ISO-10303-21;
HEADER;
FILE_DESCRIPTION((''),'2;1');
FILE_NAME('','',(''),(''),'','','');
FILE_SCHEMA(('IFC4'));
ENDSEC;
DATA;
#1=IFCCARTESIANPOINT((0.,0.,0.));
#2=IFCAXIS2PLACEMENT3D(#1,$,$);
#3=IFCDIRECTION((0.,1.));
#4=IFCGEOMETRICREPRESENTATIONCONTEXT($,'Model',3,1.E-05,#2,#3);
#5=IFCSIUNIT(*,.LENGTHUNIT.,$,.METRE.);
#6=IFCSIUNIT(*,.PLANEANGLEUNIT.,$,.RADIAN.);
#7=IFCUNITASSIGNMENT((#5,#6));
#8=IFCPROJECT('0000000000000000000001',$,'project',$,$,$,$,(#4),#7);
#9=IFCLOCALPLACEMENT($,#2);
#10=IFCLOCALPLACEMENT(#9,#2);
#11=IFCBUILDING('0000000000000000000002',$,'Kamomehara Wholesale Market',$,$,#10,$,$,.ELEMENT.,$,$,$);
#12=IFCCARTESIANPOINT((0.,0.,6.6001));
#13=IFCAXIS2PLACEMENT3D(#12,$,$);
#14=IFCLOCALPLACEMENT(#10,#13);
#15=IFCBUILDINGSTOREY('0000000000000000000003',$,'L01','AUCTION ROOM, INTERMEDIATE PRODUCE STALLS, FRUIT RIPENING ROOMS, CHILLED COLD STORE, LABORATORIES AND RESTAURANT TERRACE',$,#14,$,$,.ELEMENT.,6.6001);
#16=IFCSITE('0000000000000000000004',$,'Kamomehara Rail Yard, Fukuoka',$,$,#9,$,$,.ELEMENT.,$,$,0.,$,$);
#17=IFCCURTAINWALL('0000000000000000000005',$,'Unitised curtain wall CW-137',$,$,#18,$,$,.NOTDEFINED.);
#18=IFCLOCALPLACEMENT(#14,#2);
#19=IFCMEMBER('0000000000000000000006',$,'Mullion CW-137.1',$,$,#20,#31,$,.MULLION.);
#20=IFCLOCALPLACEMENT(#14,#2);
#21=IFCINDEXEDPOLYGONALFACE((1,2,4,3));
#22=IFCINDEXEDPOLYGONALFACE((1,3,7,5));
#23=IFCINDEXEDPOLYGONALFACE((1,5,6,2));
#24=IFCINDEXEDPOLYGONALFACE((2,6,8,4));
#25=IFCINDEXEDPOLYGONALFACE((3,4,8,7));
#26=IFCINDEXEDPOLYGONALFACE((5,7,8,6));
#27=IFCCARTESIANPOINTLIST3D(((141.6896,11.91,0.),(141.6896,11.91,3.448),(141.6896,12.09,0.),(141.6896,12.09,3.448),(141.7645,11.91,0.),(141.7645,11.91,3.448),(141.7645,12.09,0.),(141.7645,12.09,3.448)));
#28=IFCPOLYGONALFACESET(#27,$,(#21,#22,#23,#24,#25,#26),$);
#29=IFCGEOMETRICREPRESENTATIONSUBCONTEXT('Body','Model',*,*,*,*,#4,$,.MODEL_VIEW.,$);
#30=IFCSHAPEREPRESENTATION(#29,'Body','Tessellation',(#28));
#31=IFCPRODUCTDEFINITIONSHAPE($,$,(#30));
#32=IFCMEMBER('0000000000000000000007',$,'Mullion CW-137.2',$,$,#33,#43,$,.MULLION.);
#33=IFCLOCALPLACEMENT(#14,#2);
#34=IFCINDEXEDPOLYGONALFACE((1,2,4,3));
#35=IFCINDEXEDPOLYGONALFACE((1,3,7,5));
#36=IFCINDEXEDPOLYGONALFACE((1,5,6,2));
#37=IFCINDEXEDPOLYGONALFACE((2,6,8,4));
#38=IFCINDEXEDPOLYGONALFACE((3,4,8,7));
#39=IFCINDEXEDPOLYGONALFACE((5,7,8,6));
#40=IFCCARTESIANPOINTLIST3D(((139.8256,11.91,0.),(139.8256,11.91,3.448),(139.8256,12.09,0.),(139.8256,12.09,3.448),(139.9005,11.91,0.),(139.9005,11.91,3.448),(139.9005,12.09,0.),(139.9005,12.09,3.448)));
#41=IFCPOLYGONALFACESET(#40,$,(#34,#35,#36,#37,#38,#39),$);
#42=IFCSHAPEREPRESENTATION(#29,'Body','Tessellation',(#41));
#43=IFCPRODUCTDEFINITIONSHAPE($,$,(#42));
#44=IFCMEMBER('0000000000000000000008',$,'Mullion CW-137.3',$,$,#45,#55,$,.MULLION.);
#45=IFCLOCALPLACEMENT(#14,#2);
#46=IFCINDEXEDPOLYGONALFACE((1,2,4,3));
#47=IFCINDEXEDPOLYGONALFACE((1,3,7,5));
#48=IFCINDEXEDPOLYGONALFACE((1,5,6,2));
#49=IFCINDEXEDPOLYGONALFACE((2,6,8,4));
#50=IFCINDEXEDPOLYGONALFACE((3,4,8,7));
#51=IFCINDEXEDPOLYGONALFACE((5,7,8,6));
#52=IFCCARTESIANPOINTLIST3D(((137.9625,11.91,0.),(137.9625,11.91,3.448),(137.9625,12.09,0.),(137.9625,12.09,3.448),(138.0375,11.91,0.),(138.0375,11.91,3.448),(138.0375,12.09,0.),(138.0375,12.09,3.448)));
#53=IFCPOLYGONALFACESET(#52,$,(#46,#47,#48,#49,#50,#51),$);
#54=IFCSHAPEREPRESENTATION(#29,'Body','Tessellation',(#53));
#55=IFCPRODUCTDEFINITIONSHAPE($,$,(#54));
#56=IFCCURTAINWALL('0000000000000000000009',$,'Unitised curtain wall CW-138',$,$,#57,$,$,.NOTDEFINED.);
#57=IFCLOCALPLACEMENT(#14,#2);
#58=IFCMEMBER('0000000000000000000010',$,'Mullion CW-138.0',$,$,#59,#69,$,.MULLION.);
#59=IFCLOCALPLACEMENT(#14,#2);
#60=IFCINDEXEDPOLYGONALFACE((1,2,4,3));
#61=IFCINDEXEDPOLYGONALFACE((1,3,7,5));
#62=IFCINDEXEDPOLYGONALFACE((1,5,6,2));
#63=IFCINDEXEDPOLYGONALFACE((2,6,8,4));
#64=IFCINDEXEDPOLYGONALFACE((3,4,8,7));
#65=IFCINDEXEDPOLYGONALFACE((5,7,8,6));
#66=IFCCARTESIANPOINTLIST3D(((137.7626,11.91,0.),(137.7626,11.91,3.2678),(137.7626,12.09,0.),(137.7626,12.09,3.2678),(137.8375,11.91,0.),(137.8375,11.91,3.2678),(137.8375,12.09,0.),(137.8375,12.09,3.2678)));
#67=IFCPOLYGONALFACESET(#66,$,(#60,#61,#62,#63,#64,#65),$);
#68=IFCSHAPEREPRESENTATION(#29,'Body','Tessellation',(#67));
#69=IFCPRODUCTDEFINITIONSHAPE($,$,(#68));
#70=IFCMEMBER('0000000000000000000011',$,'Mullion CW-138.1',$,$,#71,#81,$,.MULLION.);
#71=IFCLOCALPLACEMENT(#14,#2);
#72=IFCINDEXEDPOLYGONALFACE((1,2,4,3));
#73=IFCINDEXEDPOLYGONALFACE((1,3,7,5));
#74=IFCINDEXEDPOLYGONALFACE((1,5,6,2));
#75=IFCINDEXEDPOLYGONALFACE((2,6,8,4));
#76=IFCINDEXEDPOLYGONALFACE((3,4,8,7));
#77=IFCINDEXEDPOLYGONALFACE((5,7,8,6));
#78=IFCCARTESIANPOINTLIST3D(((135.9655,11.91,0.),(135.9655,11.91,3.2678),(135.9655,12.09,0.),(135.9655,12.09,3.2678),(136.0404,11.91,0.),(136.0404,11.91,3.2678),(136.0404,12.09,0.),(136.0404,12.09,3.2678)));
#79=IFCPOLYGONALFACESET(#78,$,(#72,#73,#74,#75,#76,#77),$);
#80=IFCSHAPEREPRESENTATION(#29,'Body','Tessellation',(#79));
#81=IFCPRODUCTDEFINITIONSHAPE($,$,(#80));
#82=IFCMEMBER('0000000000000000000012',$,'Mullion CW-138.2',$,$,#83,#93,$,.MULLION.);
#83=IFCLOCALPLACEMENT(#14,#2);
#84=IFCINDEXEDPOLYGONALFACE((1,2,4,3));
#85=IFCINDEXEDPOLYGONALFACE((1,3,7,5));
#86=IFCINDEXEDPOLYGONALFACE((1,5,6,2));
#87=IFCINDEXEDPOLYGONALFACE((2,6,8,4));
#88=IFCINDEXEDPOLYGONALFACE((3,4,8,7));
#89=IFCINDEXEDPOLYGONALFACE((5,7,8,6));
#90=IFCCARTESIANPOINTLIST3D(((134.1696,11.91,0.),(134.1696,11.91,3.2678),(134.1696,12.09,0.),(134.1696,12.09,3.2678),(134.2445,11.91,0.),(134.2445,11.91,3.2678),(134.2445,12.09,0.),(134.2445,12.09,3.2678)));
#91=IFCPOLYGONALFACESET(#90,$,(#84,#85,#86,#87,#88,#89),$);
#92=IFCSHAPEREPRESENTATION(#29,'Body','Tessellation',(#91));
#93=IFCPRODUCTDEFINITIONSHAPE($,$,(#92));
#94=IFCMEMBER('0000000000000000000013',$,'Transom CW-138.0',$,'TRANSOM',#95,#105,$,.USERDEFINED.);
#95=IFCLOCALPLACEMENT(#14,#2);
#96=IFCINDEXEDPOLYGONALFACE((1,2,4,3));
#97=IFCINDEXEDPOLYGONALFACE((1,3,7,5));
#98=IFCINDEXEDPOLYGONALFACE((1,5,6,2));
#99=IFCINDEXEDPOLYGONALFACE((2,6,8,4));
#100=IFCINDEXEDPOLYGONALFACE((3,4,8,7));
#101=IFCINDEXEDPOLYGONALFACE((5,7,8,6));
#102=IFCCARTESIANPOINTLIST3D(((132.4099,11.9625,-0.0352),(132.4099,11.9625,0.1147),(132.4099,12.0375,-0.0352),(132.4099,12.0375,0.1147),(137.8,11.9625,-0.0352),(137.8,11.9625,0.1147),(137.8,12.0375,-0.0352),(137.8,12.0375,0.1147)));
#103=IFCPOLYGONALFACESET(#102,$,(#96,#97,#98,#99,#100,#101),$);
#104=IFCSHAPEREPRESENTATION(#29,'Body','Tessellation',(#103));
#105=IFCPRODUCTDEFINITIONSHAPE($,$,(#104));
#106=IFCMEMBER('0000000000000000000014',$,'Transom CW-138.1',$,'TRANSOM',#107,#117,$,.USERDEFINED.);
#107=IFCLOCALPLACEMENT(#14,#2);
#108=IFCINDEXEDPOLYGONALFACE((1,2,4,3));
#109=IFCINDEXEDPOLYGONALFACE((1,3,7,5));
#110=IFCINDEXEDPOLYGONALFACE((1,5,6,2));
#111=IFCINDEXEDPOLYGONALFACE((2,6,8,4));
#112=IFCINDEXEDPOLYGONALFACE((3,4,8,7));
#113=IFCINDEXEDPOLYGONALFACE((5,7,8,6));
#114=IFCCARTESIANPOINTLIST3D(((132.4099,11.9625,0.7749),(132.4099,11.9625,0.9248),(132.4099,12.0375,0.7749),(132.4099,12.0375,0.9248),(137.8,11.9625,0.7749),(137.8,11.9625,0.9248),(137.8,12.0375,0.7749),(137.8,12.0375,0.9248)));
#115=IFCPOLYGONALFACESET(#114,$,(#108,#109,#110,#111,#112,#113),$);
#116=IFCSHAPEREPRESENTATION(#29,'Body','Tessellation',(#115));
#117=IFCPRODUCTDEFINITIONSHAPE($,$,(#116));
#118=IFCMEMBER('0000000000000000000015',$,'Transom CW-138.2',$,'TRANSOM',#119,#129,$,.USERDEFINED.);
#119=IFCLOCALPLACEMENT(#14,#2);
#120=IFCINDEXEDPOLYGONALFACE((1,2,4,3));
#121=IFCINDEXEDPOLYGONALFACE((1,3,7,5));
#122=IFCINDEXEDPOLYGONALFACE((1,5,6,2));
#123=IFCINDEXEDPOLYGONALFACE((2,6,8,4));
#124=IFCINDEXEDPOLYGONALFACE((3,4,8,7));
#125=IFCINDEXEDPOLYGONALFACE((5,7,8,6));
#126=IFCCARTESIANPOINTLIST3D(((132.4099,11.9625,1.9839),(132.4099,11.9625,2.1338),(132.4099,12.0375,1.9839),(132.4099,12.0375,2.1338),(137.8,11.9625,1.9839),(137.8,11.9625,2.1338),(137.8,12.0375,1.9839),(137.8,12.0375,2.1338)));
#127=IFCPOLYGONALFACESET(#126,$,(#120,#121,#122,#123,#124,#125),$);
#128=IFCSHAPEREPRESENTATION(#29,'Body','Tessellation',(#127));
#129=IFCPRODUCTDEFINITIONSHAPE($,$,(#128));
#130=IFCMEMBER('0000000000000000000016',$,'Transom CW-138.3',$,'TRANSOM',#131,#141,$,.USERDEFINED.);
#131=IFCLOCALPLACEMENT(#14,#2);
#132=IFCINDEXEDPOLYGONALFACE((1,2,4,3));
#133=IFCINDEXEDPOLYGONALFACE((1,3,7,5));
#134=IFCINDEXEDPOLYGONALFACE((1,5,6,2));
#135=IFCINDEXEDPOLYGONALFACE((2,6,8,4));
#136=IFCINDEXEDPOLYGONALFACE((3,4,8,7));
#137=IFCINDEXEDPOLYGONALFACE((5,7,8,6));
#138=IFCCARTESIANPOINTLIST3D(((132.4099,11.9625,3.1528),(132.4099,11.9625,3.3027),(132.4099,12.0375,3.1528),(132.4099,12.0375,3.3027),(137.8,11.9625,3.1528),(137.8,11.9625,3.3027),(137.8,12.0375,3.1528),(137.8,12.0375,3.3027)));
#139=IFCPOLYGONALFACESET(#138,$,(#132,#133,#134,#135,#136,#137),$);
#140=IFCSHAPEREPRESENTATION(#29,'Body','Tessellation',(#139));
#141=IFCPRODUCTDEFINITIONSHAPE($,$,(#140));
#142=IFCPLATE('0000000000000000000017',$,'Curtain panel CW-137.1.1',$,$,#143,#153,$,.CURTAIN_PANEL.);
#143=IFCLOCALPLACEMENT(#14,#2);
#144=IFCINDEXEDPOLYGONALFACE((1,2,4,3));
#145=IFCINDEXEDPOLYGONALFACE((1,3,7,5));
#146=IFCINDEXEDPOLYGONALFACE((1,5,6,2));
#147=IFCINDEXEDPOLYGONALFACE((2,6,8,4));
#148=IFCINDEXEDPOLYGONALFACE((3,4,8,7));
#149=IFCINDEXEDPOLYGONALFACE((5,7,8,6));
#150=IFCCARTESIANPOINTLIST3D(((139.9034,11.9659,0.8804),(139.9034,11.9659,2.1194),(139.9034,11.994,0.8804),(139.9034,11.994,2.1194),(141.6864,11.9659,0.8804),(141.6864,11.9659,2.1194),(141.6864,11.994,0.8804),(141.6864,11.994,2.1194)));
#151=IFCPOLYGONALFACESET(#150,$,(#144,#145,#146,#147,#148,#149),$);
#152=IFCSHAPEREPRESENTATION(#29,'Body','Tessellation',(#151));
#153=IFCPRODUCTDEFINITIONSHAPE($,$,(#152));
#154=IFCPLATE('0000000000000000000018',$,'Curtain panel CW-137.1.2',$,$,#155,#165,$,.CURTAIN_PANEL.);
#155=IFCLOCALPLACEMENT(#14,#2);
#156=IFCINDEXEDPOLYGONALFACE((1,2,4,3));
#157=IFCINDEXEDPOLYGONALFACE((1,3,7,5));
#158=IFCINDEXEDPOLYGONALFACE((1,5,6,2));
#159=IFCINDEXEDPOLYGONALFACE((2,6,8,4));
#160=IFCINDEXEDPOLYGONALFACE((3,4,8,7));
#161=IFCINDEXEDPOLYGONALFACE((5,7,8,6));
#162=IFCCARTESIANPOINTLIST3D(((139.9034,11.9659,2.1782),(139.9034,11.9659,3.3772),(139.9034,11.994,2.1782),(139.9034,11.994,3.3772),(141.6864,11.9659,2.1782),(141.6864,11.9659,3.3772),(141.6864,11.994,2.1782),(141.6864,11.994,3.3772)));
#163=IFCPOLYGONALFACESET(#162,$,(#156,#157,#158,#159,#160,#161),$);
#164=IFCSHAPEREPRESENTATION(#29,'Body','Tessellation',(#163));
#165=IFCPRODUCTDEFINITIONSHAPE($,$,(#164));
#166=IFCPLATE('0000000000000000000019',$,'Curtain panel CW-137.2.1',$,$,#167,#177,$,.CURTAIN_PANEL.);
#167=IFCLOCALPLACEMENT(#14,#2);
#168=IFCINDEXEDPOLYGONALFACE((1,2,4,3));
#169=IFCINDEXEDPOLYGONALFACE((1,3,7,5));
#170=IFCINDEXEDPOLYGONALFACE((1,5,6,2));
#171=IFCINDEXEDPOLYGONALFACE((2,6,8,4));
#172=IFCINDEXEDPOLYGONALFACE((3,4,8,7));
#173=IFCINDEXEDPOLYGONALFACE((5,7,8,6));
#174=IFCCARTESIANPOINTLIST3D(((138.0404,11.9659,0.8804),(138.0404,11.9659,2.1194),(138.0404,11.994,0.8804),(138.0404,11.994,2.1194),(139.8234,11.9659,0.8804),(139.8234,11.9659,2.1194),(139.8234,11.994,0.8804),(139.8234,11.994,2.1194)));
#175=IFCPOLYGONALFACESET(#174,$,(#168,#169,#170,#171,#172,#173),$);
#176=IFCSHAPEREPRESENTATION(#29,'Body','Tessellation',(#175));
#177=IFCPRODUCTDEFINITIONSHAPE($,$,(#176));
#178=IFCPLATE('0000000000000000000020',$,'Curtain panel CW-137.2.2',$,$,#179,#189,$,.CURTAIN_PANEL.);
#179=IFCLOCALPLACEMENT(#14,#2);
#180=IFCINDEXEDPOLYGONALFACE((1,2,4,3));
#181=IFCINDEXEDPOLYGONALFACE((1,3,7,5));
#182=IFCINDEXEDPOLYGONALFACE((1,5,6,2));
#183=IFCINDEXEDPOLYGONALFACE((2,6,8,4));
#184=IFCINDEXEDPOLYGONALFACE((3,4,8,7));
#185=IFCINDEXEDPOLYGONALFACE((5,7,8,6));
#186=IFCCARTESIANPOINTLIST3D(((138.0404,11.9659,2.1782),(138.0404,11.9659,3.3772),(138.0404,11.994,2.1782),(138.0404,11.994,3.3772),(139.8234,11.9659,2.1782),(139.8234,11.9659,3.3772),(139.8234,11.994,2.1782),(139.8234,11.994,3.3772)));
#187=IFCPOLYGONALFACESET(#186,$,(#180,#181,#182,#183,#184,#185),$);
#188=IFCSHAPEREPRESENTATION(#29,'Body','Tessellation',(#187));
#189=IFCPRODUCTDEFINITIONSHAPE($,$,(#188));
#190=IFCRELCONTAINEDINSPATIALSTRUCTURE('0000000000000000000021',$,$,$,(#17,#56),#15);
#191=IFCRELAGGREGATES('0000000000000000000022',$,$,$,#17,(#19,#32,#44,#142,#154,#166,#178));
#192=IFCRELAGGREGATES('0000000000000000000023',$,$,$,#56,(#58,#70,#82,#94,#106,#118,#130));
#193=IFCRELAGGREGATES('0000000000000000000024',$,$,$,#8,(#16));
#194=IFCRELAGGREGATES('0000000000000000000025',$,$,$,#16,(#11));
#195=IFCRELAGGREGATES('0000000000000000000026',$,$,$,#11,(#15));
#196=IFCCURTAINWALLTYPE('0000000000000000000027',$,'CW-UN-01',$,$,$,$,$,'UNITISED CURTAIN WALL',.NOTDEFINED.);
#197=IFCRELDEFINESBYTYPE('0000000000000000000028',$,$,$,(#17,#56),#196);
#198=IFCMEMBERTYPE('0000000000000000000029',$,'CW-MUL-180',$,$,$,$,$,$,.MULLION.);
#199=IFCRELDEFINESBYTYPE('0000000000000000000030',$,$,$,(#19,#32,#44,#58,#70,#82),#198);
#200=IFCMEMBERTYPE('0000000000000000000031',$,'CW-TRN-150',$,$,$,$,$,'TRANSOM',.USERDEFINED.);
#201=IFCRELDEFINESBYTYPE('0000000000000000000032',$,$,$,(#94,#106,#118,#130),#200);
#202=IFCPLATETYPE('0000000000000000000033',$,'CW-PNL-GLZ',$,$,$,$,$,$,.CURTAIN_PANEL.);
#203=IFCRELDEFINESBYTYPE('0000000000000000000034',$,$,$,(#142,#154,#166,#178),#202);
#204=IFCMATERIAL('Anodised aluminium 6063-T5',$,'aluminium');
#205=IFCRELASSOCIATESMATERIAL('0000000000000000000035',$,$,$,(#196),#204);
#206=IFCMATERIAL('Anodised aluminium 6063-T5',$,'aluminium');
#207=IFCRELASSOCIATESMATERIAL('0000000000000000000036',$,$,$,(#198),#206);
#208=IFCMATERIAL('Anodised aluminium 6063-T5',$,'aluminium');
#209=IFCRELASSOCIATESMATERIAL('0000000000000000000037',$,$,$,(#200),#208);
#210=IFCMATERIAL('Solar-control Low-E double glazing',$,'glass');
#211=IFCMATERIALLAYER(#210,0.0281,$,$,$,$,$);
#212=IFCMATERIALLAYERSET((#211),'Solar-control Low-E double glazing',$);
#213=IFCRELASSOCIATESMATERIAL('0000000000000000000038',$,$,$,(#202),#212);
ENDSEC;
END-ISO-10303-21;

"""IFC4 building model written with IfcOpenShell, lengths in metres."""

from ifc_helpers import new_model, si_unit, direction, frame, origin, origin_2d, place, context, subcontext, project, spatial, rectangle, extrude, material, layer, layer_set, material_profile, profile_set, type_object, element, aggregate, save


model = new_model("IFC4")

# Units and contexts
model_context = context("Model", 3, precision=1e-05, world=origin(), true_north=direction((0.0, 1.0)))
body_context = subcontext(model_context, "Body", "Model", "MODEL_VIEW")
ifc_project = project(units=[si_unit("LENGTHUNIT", "METRE"), si_unit("PLANEANGLEUNIT", "RADIAN")], contexts=[model_context])

# Site, building, storey
site_placement = place(None, origin())
site = spatial("IfcSite", under=ifc_project, at=site_placement, Name="Kamomehara Rail Yard, Fukuoka", CompositionType="ELEMENT", RefElevation=0.0)
building_placement = place(site_placement, origin())
building = spatial("IfcBuilding", under=site, at=building_placement, Name="Kamomehara Wholesale Market", CompositionType="ELEMENT")
storey_placement = place(building_placement, frame((0.0, 0.0, 6.6001)))
storey = spatial("IfcBuildingStorey", under=building, at=storey_placement, Name="L01", Description="AUCTION ROOM, INTERMEDIATE PRODUCE STALLS, FRUIT RIPENING ROOMS, CHILLED COLD STORE, LABORATORIES AND RESTAURANT TERRACE", CompositionType="ELEMENT", Elevation=6.6001)

# Curtain walls, members
ifc_material_1 = material(Name="Anodised aluminium 6063-T5", Category="aluminium")
curtain_wall_type = type_object("IfcCurtainWallType", Name="CW-UN-01", ElementType="UNITISED CURTAIN WALL", PredefinedType="NOTDEFINED", material=ifc_material_1)
curtain_wall_1_placement = place(storey_placement, origin())
curtain_wall_1 = element("IfcCurtainWall", 1, at=curtain_wall_1_placement, inside=storey, type_object=curtain_wall_type, Name="Unitised curtain wall CW-137", PredefinedType="NOTDEFINED")
ifc_material_2 = material(Name="Anodised aluminium 6063-T5", Category="aluminium")
ifc_material_profile_1 = material_profile(ifc_material_2, rectangle(XDim=0.075, YDim=0.1799, at=origin_2d()), Name="ALU-MUL-75x180")
ifc_profile_set_1 = profile_set([ifc_material_profile_1], Name="Anodised aluminium 6063-T5")
member_type_1 = type_object("IfcMemberType", Name="CW-MUL-180", PredefinedType="MULLION", material=ifc_profile_set_1)
member_1_placement = place(storey_placement, frame((141.7271, 12.0, 0.0), z_axis=(0.0, 0.0, 1.0), x_axis=(-1.0, 0.0, 0.0)))
member_1 = element("IfcMember", 2, at=member_1_placement, type_object=member_type_1, Name="Mullion CW-137.1", PredefinedType="MULLION", context=body_context, shape_type="SweptSolid", body=[
    extrude(rectangle(XDim=0.075, YDim=0.1799, at=origin_2d()), origin(), (0.0, 0.0, 1.0), 3.448),
])
member_2_placement = place(storey_placement, frame((139.863, 12.0, 0.0), z_axis=(0.0, 0.0, 1.0), x_axis=(-1.0, 0.0, 0.0)))
member_2 = element("IfcMember", 3, at=member_2_placement, type_object=member_type_1, Name="Mullion CW-137.2", PredefinedType="MULLION", context=body_context, shape_type="SweptSolid", body=[
    extrude(rectangle(XDim=0.075, YDim=0.1799, at=origin_2d()), origin(), (0.0, 0.0, 1.0), 3.448),
])
member_3_placement = place(storey_placement, frame((138.0, 12.0, 0.0), z_axis=(0.0, 0.0, 1.0), x_axis=(-1.0, 0.0, 0.0)))
member_3 = element("IfcMember", 4, at=member_3_placement, type_object=member_type_1, Name="Mullion CW-137.3", PredefinedType="MULLION", context=body_context, shape_type="SweptSolid", body=[
    extrude(rectangle(XDim=0.075, YDim=0.1799, at=origin_2d()), origin(), (0.0, 0.0, 1.0), 3.448),
])
curtain_wall_2_placement = place(storey_placement, origin())
curtain_wall_2 = element("IfcCurtainWall", 5, at=curtain_wall_2_placement, inside=storey, type_object=curtain_wall_type, Name="Unitised curtain wall CW-138", PredefinedType="NOTDEFINED")
member_4_placement = place(storey_placement, frame((137.8, 12.0, 0.0), z_axis=(0.0, 0.0, 1.0), x_axis=(-1.0, 0.0, 0.0)))
member_4 = element("IfcMember", 6, at=member_4_placement, type_object=member_type_1, Name="Mullion CW-138.0", PredefinedType="MULLION", context=body_context, shape_type="SweptSolid", body=[
    extrude(rectangle(XDim=0.075, YDim=0.1799, at=origin_2d()), origin(), (0.0, 0.0, 1.0), 3.2678),
])
member_5_placement = place(storey_placement, frame((136.0029, 12.0, 0.0), z_axis=(0.0, 0.0, 1.0), x_axis=(-1.0, 0.0, 0.0)))
member_5 = element("IfcMember", 7, at=member_5_placement, type_object=member_type_1, Name="Mullion CW-138.1", PredefinedType="MULLION", context=body_context, shape_type="SweptSolid", body=[
    extrude(rectangle(XDim=0.075, YDim=0.1799, at=origin_2d()), origin(), (0.0, 0.0, 1.0), 3.2678),
])
member_6_placement = place(storey_placement, frame((134.207, 12.0, 0.0), z_axis=(0.0, 0.0, 1.0), x_axis=(-1.0, 0.0, 0.0)))
member_6 = element("IfcMember", 8, at=member_6_placement, type_object=member_type_1, Name="Mullion CW-138.2", PredefinedType="MULLION", context=body_context, shape_type="SweptSolid", body=[
    extrude(rectangle(XDim=0.075, YDim=0.1799, at=origin_2d()), origin(), (0.0, 0.0, 1.0), 3.2678),
])
ifc_material_3 = material(Name="Anodised aluminium 6063-T5", Category="aluminium")
ifc_material_profile_2 = material_profile(ifc_material_3, rectangle(XDim=0.075, YDim=0.1499, at=origin_2d()), Name="ALU-TRN-75x150")
ifc_profile_set_2 = profile_set([ifc_material_profile_2], Name="Anodised aluminium 6063-T5")
member_type_2 = type_object("IfcMemberType", Name="CW-TRN-150", ElementType="TRANSOM", PredefinedType="USERDEFINED", material=ifc_profile_set_2)
member_7_placement = place(storey_placement, frame((137.8, 12.0, 0.0398), z_axis=(-1.0, 0.0, 0.0), x_axis=(0.0, -1.0, 0.0)))
member_7 = element("IfcMember", 9, at=member_7_placement, type_object=member_type_2, Name="Transom CW-138.0", ObjectType="TRANSOM", PredefinedType="USERDEFINED", context=body_context, shape_type="SweptSolid", body=[
    extrude(rectangle(XDim=0.075, YDim=0.1499, at=origin_2d()), origin(), (0.0, 0.0, 1.0), 5.3901),
])
member_8_placement = place(storey_placement, frame((137.8, 12.0, 0.8499), z_axis=(-1.0, 0.0, 0.0), x_axis=(0.0, -1.0, 0.0)))
member_8 = element("IfcMember", 10, at=member_8_placement, type_object=member_type_2, Name="Transom CW-138.1", ObjectType="TRANSOM", PredefinedType="USERDEFINED", context=body_context, shape_type="SweptSolid", body=[
    extrude(rectangle(XDim=0.075, YDim=0.1499, at=origin_2d()), origin(), (0.0, 0.0, 1.0), 5.3901),
])
member_9_placement = place(storey_placement, frame((137.8, 12.0, 2.0588), z_axis=(-1.0, 0.0, 0.0), x_axis=(0.0, -1.0, 0.0)))
member_9 = element("IfcMember", 11, at=member_9_placement, type_object=member_type_2, Name="Transom CW-138.2", ObjectType="TRANSOM", PredefinedType="USERDEFINED", context=body_context, shape_type="SweptSolid", body=[
    extrude(rectangle(XDim=0.075, YDim=0.1499, at=origin_2d()), origin(), (0.0, 0.0, 1.0), 5.3901),
])
member_10_placement = place(storey_placement, frame((137.8, 12.0, 3.2278), z_axis=(-1.0, 0.0, 0.0), x_axis=(0.0, -1.0, 0.0)))
member_10 = element("IfcMember", 12, at=member_10_placement, type_object=member_type_2, Name="Transom CW-138.3", ObjectType="TRANSOM", PredefinedType="USERDEFINED", context=body_context, shape_type="SweptSolid", body=[
    extrude(rectangle(XDim=0.075, YDim=0.1499, at=origin_2d()), origin(), (0.0, 0.0, 1.0), 5.3901),
])

# Plates
ifc_material_4 = material(Name="Solar-control Low-E double glazing", Category="glass")
ifc_layer_1 = layer(ifc_material_4, 0.0281)
ifc_layer_set_1 = layer_set([ifc_layer_1], Name="Solar-control Low-E double glazing")
plate_type_1 = type_object("IfcPlateType", Name="CW-PNL-GLZ", PredefinedType="CURTAIN_PANEL", material=ifc_layer_set_1)
plate_1_placement = place(storey_placement, frame((140.7949, 11.98, 0.8804), z_axis=(0.0, 0.0, 1.0), x_axis=(-1.0, 0.0, 0.0)))
plate_1 = element("IfcPlate", 13, at=plate_1_placement, type_object=plate_type_1, Name="Curtain panel CW-137.1.1", PredefinedType="CURTAIN_PANEL", context=body_context, shape_type="SweptSolid", body=[
    extrude(rectangle(XDim=1.783, YDim=0.0281, at=origin_2d()), origin(), (0.0, 0.0, 1.0), 1.239),
])
plate_2_placement = place(storey_placement, frame((140.7949, 11.98, 2.1782), z_axis=(0.0, 0.0, 1.0), x_axis=(-1.0, 0.0, 0.0)))
plate_2 = element("IfcPlate", 14, at=plate_2_placement, type_object=plate_type_1, Name="Curtain panel CW-137.1.2", PredefinedType="CURTAIN_PANEL", context=body_context, shape_type="SweptSolid", body=[
    extrude(rectangle(XDim=1.783, YDim=0.0281, at=origin_2d()), origin(), (0.0, 0.0, 1.0), 1.199),
])
plate_3_placement = place(storey_placement, frame((138.9319, 11.98, 0.8804), z_axis=(0.0, 0.0, 1.0), x_axis=(-1.0, 0.0, 0.0)))
plate_3 = element("IfcPlate", 15, at=plate_3_placement, type_object=plate_type_1, Name="Curtain panel CW-137.2.1", PredefinedType="CURTAIN_PANEL", context=body_context, shape_type="SweptSolid", body=[
    extrude(rectangle(XDim=1.783, YDim=0.0281, at=origin_2d()), origin(), (0.0, 0.0, 1.0), 1.239),
])
plate_4_placement = place(storey_placement, frame((138.9319, 11.98, 2.1782), z_axis=(0.0, 0.0, 1.0), x_axis=(-1.0, 0.0, 0.0)))
plate_4 = element("IfcPlate", 16, at=plate_4_placement, type_object=plate_type_1, Name="Curtain panel CW-137.2.2", PredefinedType="CURTAIN_PANEL", context=body_context, shape_type="SweptSolid", body=[
    extrude(rectangle(XDim=1.783, YDim=0.0281, at=origin_2d()), origin(), (0.0, 0.0, 1.0), 1.199),
])
aggregate(curtain_wall_1, [member_1, member_2, member_3, plate_1, plate_2, plate_3, plate_4])
aggregate(curtain_wall_2, [member_4, member_5, member_6, member_7, member_8, member_9, member_10])

save(model, "model.ifc")
